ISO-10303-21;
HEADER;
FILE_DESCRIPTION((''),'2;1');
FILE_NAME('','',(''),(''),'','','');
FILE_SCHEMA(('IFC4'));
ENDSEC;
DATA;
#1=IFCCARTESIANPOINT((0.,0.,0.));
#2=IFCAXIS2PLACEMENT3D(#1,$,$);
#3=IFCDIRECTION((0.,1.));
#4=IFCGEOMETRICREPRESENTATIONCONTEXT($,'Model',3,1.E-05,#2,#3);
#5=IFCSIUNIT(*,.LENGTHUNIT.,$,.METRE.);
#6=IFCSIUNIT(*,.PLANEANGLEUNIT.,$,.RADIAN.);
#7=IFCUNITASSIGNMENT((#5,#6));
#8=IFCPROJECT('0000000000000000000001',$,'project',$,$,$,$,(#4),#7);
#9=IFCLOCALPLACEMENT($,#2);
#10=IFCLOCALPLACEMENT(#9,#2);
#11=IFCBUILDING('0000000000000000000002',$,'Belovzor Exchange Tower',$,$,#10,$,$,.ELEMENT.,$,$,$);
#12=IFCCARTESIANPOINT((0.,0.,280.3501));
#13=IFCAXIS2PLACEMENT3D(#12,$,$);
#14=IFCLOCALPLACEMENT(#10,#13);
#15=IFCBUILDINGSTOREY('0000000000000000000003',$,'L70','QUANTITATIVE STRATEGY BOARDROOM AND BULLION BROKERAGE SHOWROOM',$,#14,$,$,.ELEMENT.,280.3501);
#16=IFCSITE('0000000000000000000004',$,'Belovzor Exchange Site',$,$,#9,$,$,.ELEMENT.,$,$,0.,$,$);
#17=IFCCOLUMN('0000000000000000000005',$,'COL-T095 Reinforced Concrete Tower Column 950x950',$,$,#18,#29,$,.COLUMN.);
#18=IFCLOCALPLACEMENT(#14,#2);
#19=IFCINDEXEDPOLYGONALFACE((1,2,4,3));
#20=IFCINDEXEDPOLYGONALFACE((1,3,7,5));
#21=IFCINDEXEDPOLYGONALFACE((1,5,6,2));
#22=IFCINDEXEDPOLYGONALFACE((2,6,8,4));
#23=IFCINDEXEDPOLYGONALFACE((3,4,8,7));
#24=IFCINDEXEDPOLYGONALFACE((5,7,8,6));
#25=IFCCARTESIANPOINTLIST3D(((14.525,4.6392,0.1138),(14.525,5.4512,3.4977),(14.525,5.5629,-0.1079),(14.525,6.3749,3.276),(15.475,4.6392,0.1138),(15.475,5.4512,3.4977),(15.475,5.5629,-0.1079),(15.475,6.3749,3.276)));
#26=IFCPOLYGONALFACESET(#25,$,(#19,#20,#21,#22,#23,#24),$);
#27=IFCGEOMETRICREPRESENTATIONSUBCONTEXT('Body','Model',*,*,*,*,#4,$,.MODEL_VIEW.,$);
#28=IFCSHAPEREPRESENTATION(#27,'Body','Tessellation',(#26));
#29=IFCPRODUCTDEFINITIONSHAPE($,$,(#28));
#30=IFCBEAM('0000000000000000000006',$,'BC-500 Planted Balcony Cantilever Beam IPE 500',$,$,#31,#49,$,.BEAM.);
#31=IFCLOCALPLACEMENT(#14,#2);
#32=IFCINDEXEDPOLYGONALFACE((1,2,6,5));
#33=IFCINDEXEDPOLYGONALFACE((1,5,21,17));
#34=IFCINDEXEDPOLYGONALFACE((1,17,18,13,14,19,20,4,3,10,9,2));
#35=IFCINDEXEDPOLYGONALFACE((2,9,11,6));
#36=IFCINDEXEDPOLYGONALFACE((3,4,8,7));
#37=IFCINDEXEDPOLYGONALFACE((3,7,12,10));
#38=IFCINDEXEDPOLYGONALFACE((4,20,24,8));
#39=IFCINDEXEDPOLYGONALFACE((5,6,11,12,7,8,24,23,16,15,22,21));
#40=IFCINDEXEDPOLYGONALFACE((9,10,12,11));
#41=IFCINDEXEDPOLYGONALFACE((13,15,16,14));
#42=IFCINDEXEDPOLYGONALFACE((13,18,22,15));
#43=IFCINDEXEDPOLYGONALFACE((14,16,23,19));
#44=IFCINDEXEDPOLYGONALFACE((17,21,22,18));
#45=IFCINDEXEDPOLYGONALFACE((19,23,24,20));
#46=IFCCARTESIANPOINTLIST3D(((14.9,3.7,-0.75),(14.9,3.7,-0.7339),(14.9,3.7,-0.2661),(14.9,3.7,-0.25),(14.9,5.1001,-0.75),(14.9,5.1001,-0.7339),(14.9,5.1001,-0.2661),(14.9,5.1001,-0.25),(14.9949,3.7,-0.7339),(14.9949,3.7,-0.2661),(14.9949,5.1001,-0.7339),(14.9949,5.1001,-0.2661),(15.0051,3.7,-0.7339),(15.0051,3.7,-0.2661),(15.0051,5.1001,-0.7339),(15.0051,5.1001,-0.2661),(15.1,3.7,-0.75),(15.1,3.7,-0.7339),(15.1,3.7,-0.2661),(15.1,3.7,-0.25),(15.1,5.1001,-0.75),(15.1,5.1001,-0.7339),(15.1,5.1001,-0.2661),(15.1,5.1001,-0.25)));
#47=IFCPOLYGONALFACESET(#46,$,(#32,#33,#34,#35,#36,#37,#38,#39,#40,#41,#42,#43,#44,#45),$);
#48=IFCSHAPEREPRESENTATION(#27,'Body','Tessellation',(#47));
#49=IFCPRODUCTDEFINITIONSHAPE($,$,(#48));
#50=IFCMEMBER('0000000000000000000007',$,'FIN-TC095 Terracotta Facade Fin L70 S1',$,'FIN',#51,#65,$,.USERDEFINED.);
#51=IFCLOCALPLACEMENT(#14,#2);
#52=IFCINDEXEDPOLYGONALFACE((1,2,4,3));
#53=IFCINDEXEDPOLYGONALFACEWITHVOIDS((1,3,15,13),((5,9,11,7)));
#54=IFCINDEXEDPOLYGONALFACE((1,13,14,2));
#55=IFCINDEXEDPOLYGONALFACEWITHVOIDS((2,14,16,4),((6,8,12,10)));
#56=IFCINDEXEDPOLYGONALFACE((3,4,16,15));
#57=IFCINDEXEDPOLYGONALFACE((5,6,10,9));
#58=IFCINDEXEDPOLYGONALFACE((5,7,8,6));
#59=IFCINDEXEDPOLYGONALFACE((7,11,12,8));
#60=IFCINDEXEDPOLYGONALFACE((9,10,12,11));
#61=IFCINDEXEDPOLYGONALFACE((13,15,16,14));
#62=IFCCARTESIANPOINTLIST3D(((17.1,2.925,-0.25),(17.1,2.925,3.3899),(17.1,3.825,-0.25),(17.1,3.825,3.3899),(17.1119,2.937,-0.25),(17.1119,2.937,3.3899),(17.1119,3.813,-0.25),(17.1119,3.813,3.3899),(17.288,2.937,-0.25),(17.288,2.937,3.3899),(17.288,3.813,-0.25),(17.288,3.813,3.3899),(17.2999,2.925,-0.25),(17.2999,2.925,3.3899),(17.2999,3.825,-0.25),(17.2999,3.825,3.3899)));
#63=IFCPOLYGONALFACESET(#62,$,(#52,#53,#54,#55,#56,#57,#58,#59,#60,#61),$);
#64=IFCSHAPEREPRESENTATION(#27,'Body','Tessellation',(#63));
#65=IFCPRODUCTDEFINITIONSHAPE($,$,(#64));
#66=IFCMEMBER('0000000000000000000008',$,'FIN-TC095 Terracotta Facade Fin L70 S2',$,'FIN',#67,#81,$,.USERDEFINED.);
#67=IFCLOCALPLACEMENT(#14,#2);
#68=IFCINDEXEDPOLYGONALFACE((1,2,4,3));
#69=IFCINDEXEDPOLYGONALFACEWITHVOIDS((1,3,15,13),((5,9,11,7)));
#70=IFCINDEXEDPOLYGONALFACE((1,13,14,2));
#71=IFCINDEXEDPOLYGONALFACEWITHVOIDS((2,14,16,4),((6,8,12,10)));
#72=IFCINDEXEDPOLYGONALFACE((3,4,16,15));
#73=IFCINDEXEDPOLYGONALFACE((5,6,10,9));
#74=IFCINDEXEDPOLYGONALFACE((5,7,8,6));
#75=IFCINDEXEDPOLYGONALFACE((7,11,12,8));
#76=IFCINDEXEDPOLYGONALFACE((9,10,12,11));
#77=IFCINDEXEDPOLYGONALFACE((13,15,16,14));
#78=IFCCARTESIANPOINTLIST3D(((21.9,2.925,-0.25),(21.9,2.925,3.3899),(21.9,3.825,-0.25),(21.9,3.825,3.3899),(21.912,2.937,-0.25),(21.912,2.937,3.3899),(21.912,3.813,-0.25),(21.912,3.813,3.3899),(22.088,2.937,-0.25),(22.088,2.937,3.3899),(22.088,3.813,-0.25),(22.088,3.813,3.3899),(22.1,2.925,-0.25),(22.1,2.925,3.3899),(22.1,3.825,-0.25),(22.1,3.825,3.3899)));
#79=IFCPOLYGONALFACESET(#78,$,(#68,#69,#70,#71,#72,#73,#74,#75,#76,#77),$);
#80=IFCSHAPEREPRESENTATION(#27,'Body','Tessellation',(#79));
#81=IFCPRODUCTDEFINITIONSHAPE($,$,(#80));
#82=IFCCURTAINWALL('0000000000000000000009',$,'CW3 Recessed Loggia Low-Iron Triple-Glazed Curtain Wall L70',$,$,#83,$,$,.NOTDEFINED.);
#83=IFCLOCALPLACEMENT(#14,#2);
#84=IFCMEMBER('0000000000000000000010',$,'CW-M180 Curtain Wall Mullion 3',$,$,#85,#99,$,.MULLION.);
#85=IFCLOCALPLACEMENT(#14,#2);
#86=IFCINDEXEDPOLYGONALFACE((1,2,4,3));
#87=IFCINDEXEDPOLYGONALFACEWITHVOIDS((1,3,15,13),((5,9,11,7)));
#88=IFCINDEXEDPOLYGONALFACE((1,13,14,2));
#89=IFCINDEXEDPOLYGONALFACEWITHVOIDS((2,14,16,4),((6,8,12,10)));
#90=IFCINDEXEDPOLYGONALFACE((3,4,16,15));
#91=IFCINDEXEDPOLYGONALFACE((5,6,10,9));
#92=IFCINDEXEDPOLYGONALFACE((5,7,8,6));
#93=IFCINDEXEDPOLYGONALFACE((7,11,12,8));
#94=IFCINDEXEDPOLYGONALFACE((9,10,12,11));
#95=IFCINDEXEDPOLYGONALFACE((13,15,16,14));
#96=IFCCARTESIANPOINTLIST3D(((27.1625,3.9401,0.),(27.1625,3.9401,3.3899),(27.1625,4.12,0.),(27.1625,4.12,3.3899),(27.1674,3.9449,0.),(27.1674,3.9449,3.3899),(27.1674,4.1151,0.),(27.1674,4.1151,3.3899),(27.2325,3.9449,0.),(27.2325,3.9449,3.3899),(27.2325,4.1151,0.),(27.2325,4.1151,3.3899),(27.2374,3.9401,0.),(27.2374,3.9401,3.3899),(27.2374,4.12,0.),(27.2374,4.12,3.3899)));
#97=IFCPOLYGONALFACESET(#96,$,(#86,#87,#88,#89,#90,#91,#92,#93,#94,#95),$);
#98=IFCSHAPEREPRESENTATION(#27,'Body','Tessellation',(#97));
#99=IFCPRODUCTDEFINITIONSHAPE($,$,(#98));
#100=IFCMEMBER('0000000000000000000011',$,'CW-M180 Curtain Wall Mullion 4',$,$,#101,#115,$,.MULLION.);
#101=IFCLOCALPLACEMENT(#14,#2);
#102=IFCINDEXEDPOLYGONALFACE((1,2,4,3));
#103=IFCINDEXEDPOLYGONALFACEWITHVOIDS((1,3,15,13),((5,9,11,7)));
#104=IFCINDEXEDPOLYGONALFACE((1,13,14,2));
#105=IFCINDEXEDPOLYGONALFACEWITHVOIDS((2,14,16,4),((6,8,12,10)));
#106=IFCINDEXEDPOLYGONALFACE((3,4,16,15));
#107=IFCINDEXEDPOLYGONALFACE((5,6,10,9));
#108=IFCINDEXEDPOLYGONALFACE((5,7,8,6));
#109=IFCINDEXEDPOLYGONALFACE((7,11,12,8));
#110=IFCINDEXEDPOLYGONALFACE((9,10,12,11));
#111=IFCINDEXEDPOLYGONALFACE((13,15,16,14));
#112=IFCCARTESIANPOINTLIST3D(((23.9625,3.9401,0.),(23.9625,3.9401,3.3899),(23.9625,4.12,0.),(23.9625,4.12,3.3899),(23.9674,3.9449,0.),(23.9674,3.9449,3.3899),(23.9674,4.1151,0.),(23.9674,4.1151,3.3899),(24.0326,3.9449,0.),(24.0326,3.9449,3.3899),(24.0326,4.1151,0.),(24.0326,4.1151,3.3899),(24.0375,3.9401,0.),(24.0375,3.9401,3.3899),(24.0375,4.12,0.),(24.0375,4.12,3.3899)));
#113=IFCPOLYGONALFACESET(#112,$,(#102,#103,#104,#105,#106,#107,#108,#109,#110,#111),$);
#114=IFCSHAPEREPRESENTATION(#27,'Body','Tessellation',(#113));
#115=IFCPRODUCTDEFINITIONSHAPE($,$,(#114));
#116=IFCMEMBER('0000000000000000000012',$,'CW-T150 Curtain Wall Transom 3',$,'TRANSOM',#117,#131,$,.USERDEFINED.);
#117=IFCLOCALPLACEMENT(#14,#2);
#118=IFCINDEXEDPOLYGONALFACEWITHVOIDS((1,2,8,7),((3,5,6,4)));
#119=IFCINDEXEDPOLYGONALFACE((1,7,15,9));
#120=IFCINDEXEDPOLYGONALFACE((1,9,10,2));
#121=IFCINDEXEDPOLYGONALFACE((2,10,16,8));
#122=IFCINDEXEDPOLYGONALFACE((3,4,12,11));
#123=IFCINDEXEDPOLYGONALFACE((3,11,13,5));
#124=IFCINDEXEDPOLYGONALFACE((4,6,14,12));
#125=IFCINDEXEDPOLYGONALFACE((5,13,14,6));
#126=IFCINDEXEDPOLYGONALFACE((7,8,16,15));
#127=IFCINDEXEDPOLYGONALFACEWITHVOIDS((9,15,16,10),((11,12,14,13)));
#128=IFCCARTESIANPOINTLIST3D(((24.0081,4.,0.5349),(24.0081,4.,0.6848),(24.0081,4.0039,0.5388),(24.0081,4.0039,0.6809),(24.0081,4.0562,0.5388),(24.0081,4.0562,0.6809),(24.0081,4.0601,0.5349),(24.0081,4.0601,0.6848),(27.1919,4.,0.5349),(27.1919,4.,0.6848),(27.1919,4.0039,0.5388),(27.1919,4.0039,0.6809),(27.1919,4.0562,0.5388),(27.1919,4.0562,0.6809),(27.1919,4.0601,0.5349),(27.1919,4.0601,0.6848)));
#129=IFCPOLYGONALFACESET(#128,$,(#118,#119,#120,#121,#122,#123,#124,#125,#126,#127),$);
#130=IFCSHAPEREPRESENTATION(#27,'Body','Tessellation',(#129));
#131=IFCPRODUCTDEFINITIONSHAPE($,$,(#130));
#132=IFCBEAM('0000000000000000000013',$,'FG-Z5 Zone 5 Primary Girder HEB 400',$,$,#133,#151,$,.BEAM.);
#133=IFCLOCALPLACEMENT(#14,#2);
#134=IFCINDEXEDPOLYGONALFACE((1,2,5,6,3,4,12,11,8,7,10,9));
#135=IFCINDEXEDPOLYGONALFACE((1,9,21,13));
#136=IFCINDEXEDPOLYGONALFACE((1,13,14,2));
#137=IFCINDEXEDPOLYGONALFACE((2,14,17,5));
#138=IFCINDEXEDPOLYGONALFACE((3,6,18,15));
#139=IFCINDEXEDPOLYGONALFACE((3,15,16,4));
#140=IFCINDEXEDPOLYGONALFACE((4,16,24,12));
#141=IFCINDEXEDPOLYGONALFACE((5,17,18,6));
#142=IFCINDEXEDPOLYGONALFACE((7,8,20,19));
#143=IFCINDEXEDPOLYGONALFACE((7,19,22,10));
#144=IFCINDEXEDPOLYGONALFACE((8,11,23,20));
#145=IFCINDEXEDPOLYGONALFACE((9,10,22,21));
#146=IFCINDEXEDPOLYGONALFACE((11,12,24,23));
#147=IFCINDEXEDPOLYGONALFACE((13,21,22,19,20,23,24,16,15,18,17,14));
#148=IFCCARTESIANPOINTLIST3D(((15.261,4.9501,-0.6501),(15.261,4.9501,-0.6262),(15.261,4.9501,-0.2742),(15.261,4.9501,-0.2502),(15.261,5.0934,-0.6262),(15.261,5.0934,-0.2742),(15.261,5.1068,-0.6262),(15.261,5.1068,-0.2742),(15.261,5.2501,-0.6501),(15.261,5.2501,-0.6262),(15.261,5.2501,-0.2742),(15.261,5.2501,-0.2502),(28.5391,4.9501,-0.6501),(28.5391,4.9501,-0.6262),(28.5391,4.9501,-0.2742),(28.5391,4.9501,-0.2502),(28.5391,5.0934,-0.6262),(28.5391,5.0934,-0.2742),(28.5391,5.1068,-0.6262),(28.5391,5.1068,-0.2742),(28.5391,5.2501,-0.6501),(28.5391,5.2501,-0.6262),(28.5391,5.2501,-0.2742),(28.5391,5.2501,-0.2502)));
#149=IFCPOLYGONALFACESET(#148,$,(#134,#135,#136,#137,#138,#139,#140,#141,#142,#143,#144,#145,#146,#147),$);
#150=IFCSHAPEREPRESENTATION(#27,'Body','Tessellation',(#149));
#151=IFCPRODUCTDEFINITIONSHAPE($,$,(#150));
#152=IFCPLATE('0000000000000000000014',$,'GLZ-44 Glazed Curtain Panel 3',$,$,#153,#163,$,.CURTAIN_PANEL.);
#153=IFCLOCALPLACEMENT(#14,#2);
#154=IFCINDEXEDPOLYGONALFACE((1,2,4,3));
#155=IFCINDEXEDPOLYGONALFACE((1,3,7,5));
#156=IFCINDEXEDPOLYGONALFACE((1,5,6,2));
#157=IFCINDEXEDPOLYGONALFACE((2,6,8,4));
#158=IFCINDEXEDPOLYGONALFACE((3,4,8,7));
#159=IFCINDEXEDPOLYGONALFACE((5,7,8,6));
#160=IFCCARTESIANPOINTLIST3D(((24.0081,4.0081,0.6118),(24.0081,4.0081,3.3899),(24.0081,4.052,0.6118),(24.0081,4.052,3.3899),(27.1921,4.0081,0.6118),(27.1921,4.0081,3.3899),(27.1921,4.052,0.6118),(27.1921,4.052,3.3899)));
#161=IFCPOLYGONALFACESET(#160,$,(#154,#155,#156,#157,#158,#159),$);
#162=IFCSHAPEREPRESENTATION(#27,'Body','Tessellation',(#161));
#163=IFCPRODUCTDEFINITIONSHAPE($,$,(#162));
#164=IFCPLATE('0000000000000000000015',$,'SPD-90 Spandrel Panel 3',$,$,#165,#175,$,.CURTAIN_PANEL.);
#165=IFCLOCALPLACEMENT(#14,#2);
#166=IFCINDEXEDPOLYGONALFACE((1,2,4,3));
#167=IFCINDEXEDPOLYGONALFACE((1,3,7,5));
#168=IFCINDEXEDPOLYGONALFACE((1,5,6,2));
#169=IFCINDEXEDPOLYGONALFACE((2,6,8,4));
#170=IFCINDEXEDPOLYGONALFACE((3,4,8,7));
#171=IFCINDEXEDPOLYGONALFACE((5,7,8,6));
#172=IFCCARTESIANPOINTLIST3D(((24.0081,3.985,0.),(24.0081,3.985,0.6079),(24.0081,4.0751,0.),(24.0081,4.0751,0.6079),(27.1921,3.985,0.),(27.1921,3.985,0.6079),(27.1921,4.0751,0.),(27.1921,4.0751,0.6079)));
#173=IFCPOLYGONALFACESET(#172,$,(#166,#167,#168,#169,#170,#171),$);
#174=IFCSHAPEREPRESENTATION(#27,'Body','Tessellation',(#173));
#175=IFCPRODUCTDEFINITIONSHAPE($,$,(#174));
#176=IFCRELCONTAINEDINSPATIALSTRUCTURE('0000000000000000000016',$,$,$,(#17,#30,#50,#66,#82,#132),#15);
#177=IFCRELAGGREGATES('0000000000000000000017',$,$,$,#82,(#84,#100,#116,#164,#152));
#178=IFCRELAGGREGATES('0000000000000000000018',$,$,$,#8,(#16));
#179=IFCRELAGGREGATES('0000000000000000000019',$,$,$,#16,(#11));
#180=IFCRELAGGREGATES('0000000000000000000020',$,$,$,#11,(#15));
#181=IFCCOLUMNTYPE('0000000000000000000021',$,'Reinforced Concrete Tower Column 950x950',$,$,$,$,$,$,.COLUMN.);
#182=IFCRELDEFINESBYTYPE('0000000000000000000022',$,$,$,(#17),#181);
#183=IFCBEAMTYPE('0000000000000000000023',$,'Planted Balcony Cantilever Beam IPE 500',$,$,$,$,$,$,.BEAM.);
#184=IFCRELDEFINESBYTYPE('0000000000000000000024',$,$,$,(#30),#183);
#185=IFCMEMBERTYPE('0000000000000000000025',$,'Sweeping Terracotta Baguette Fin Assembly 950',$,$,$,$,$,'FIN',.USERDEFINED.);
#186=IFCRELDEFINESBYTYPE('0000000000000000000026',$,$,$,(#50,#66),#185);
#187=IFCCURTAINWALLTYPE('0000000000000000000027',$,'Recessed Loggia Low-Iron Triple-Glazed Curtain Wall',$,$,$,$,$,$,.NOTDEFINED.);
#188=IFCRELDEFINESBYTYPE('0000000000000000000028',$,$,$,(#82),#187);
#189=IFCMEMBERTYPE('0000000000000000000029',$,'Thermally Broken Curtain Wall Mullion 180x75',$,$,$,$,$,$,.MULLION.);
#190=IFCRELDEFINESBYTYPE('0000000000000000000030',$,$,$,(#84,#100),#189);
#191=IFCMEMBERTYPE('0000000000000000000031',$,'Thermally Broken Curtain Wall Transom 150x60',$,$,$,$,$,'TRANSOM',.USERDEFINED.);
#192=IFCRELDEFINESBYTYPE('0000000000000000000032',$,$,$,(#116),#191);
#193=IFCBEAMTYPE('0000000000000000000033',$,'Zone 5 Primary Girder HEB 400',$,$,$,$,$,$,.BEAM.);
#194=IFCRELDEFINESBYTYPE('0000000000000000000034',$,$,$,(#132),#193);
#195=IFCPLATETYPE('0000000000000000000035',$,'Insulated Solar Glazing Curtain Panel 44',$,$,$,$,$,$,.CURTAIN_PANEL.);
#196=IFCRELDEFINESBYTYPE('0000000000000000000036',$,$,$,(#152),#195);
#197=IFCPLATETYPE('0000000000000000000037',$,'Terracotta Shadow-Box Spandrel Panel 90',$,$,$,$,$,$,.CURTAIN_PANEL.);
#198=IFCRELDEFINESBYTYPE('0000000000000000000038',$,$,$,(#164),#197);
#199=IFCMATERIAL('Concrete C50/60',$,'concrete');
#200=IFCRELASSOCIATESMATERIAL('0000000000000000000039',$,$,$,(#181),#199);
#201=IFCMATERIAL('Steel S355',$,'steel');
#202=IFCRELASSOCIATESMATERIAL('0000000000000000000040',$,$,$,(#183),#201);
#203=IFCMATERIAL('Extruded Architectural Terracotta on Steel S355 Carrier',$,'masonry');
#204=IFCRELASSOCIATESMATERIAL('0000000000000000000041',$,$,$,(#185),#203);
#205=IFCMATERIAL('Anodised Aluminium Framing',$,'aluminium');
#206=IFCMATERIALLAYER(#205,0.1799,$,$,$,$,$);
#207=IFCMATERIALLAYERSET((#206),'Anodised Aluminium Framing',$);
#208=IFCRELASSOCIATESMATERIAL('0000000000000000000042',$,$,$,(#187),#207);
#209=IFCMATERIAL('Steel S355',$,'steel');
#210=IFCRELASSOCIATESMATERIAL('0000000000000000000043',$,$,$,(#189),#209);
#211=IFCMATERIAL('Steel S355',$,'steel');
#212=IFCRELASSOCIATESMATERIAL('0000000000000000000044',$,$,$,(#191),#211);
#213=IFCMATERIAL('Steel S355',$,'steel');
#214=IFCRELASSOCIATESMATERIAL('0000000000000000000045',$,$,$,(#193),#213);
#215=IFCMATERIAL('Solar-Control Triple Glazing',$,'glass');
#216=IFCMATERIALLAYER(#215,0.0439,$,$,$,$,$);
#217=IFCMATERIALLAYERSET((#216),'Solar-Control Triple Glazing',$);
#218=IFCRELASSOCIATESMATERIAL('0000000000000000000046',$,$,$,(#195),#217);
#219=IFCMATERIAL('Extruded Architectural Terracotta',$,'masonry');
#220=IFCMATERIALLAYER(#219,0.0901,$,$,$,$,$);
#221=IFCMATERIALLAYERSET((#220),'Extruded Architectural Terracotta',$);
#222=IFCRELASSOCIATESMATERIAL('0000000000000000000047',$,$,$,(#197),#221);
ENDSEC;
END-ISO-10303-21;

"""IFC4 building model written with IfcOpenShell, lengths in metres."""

from ifc_helpers import new_model, si_unit, direction, frame, origin, origin_2d, place, context, subcontext, project, spatial, rectangle, hollow_rectangle, i_section, extrude, material, layer, layer_set, material_profile, profile_set, type_object, element, aggregate, save


model = new_model("IFC4")

# Units and contexts
model_context = context("Model", 3, precision=1e-05, world=origin(), true_north=direction((0.0, 1.0)))
body_context = subcontext(model_context, "Body", "Model", "MODEL_VIEW")
ifc_project = project(units=[si_unit("LENGTHUNIT", "METRE"), si_unit("PLANEANGLEUNIT", "RADIAN")], contexts=[model_context])

# Site, building, storey
site_placement = place(None, origin())
site = spatial("IfcSite", under=ifc_project, at=site_placement, Name="Belovzor Exchange Site", CompositionType="ELEMENT", RefElevation=0.0)
building_placement = place(site_placement, origin())
building = spatial("IfcBuilding", under=site, at=building_placement, Name="Belovzor Exchange Tower", CompositionType="ELEMENT")
storey_placement = place(building_placement, frame((0.0, 0.0, 280.3501)))
storey = spatial("IfcBuildingStorey", under=building, at=storey_placement, Name="L70", Description="QUANTITATIVE STRATEGY BOARDROOM AND BULLION BROKERAGE SHOWROOM", CompositionType="ELEMENT", Elevation=280.3501)

# Column
ifc_material_1 = material(Name="Concrete C50/60", Category="concrete")
ifc_material_profile_1 = material_profile(ifc_material_1, rectangle(XDim=0.95, YDim=0.95, at=origin_2d()))
ifc_profile_set_1 = profile_set([ifc_material_profile_1], Name="Concrete C50/60")
column_type = type_object("IfcColumnType", Name="Reinforced Concrete Tower Column 950x950", PredefinedType="COLUMN", material=ifc_profile_set_1)
column_placement = place(storey_placement, frame((15.0, 5.1011, 0.0029), z_axis=(0.0, 0.23333, 0.972397), x_axis=(-1.0, 0.0, 0.0)))
element("IfcColumn", 1, at=column_placement, inside=storey, type_object=column_type, Name="COL-T095 Reinforced Concrete Tower Column 950x950", PredefinedType="COLUMN", context=body_context, shape_type="SweptSolid", body=[
    extrude(rectangle(XDim=0.95, YDim=0.95, at=origin_2d()), origin(), (0.0, 0.0, 1.0), 3.48),
])

# Beam
ifc_material_2 = material(Name="Steel S355", Category="steel")
ifc_material_profile_2 = material_profile(ifc_material_2, i_section(OverallWidth=0.2, OverallDepth=0.5, WebThickness=0.0103, FlangeThickness=0.0161, at=origin_2d()))
ifc_profile_set_2 = profile_set([ifc_material_profile_2], Name="Steel S355")
beam_type_1 = type_object("IfcBeamType", Name="Planted Balcony Cantilever Beam IPE 500", PredefinedType="BEAM", material=ifc_profile_set_2)
beam_1_placement = place(storey_placement, frame((15.0, 5.1001, -0.5), z_axis=(0.0, -1.0, 0.0), x_axis=(1.0, 0.0, 0.0)))
element("IfcBeam", 2, at=beam_1_placement, inside=storey, type_object=beam_type_1, Name="BC-500 Planted Balcony Cantilever Beam IPE 500", PredefinedType="BEAM", context=body_context, shape_type="SweptSolid", body=[
    extrude(i_section(OverallWidth=0.2, OverallDepth=0.5, WebThickness=0.0103, FlangeThickness=0.0161, at=origin_2d()), origin(), (0.0, 0.0, 1.0), 1.4001),
])

# Members
ifc_material_3 = material(Name="Extruded Architectural Terracotta on Steel S355 Carrier", Category="masonry")
ifc_material_profile_3 = material_profile(ifc_material_3, hollow_rectangle(XDim=0.2, YDim=0.8999, WallThickness=0.012, at=origin_2d()))
ifc_profile_set_3 = profile_set([ifc_material_profile_3], Name="Extruded Architectural Terracotta on Steel S355 Carrier")
member_type_1 = type_object("IfcMemberType", Name="Sweeping Terracotta Baguette Fin Assembly 950", ElementType="FIN", PredefinedType="USERDEFINED", material=ifc_profile_set_3)
for number, where, z_axis, x_axis, name in (
    (3, (17.2, 3.375, -0.25), (0.0, 0.0, 1.0), (1.0, 0.0, 0.0), "FIN-TC095 Terracotta Facade Fin L70 S1"),
    (4, (22.0, 3.375, -0.25), (0.0, 0.0, 1.0), (1.0, 0.0, 0.0), "FIN-TC095 Terracotta Facade Fin L70 S2"),
):
    element("IfcMember", number, at=place(storey_placement, frame(where, z_axis=z_axis, x_axis=x_axis)), inside=storey, type_object=member_type_1, Name=name, ObjectType="FIN", PredefinedType="USERDEFINED", context=body_context, shape_type="SweptSolid", body=[
        extrude(hollow_rectangle(XDim=0.2, YDim=0.8999, WallThickness=0.012, at=origin_2d()), origin(), (0.0, 0.0, 1.0), 3.6399),
    ])

# Curtain wall, members
ifc_material_4 = material(Name="Anodised Aluminium Framing", Category="aluminium")
ifc_layer_1 = layer(ifc_material_4, 0.1799)
ifc_layer_set_1 = layer_set([ifc_layer_1], Name="Anodised Aluminium Framing")
curtain_wall_type = type_object("IfcCurtainWallType", Name="Recessed Loggia Low-Iron Triple-Glazed Curtain Wall", PredefinedType="NOTDEFINED", material=ifc_layer_set_1)
curtain_wall_placement = place(storey_placement, origin())
curtain_wall = element("IfcCurtainWall", 5, at=curtain_wall_placement, inside=storey, type_object=curtain_wall_type, Name="CW3 Recessed Loggia Low-Iron Triple-Glazed Curtain Wall L70", PredefinedType="NOTDEFINED")
ifc_material_5 = material(Name="Steel S355", Category="steel")
ifc_material_profile_4 = material_profile(ifc_material_5, hollow_rectangle(XDim=0.075, YDim=0.1799, WallThickness=0.0049, at=origin_2d()))
ifc_profile_set_4 = profile_set([ifc_material_profile_4], Name="Steel S355")
member_type_2 = type_object("IfcMemberType", Name="Thermally Broken Curtain Wall Mullion 180x75", PredefinedType="MULLION", material=ifc_profile_set_4)
member_1_placement = place(storey_placement, frame((27.2, 4.03, 0.0), z_axis=(0.0, 0.0, 1.0), x_axis=(-1.0, 0.0, 0.0)))
member_1 = element("IfcMember", 6, at=member_1_placement, type_object=member_type_2, Name="CW-M180 Curtain Wall Mullion 3", PredefinedType="MULLION", context=body_context, shape_type="SweptSolid", body=[
    extrude(hollow_rectangle(XDim=0.075, YDim=0.1799, WallThickness=0.0049, at=origin_2d()), origin(), (0.0, 0.0, 1.0), 3.3899),
])
member_2_placement = place(storey_placement, frame((24.0, 4.03, 0.0), z_axis=(0.0, 0.0, 1.0), x_axis=(-1.0, 0.0, 0.0)))
member_2 = element("IfcMember", 7, at=member_2_placement, type_object=member_type_2, Name="CW-M180 Curtain Wall Mullion 4", PredefinedType="MULLION", context=body_context, shape_type="SweptSolid", body=[
    extrude(hollow_rectangle(XDim=0.075, YDim=0.1799, WallThickness=0.0049, at=origin_2d()), origin(), (0.0, 0.0, 1.0), 3.3899),
])
ifc_material_6 = material(Name="Steel S355", Category="steel")
ifc_material_profile_5 = material_profile(ifc_material_6, hollow_rectangle(XDim=0.0601, YDim=0.1499, WallThickness=0.0039, at=origin_2d()))
ifc_profile_set_5 = profile_set([ifc_material_profile_5], Name="Steel S355")
member_type_3 = type_object("IfcMemberType", Name="Thermally Broken Curtain Wall Transom 150x60", ElementType="TRANSOM", PredefinedType="USERDEFINED", material=ifc_profile_set_5)
member_3_placement = place(storey_placement, frame((27.1919, 4.03, 0.6099), z_axis=(-1.0, 0.0, 0.0), x_axis=(0.0, -1.0, 0.0)))
member_3 = element("IfcMember", 8, at=member_3_placement, type_object=member_type_3, Name="CW-T150 Curtain Wall Transom 3", ObjectType="TRANSOM", PredefinedType="USERDEFINED", context=body_context, shape_type="SweptSolid", body=[
    extrude(hollow_rectangle(XDim=0.0601, YDim=0.1499, WallThickness=0.0039, at=origin_2d()), origin(), (0.0, 0.0, 1.0), 3.1838),
])

# Beam
ifc_material_7 = material(Name="Steel S355", Category="steel")
ifc_material_profile_6 = material_profile(ifc_material_7, i_section(OverallWidth=0.3, OverallDepth=0.3999, WebThickness=0.0134, FlangeThickness=0.0239, at=origin_2d()))
ifc_profile_set_6 = profile_set([ifc_material_profile_6], Name="Steel S355")
beam_type_2 = type_object("IfcBeamType", Name="Zone 5 Primary Girder HEB 400", PredefinedType="BEAM", material=ifc_profile_set_6)
beam_2_placement = place(storey_placement, frame((15.261, 5.1001, -0.4502), z_axis=(1.0, 0.0, 0.0), x_axis=(0.0, 1.0, 0.0)))
element("IfcBeam", 9, at=beam_2_placement, inside=storey, type_object=beam_type_2, Name="FG-Z5 Zone 5 Primary Girder HEB 400", PredefinedType="BEAM", context=body_context, shape_type="SweptSolid", body=[
    extrude(i_section(OverallWidth=0.3, OverallDepth=0.3999, WebThickness=0.0134, FlangeThickness=0.0239, at=origin_2d()), origin(), (0.0, 0.0, 1.0), 13.2781),
])

# Plates
ifc_material_8 = material(Name="Solar-Control Triple Glazing", Category="glass")
ifc_layer_2 = layer(ifc_material_8, 0.0439)
ifc_layer_set_2 = layer_set([ifc_layer_2], Name="Solar-Control Triple Glazing")
plate_type_1 = type_object("IfcPlateType", Name="Insulated Solar Glazing Curtain Panel 44", PredefinedType="CURTAIN_PANEL", material=ifc_layer_set_2)
plate_1_placement = place(storey_placement, frame((25.6001, 4.03, 0.6118), z_axis=(0.0, 0.0, 1.0), x_axis=(-1.0, 0.0, 0.0)))
plate_1 = element("IfcPlate", 10, at=plate_1_placement, type_object=plate_type_1, Name="GLZ-44 Glazed Curtain Panel 3", PredefinedType="CURTAIN_PANEL", context=body_context, shape_type="SweptSolid", body=[
    extrude(rectangle(XDim=3.1841, YDim=0.0439, at=origin_2d()), origin(), (0.0, 0.0, 1.0), 2.7781),
])
ifc_material_9 = material(Name="Extruded Architectural Terracotta", Category="masonry")
ifc_layer_3 = layer(ifc_material_9, 0.0901)
ifc_layer_set_3 = layer_set([ifc_layer_3], Name="Extruded Architectural Terracotta")
plate_type_2 = type_object("IfcPlateType", Name="Terracotta Shadow-Box Spandrel Panel 90", PredefinedType="CURTAIN_PANEL", material=ifc_layer_set_3)
plate_2_placement = place(storey_placement, frame((25.6001, 4.03, 0.0), z_axis=(0.0, 0.0, 1.0), x_axis=(-1.0, 0.0, 0.0)))
plate_2 = element("IfcPlate", 11, at=plate_2_placement, type_object=plate_type_2, Name="SPD-90 Spandrel Panel 3", PredefinedType="CURTAIN_PANEL", context=body_context, shape_type="SweptSolid", body=[
    extrude(rectangle(XDim=3.1841, YDim=0.0901, at=origin_2d()), origin(), (0.0, 0.0, 1.0), 0.6079),
])
aggregate(curtain_wall, [member_1, member_2, member_3, plate_2, plate_1])

save(model, "model.ifc")
